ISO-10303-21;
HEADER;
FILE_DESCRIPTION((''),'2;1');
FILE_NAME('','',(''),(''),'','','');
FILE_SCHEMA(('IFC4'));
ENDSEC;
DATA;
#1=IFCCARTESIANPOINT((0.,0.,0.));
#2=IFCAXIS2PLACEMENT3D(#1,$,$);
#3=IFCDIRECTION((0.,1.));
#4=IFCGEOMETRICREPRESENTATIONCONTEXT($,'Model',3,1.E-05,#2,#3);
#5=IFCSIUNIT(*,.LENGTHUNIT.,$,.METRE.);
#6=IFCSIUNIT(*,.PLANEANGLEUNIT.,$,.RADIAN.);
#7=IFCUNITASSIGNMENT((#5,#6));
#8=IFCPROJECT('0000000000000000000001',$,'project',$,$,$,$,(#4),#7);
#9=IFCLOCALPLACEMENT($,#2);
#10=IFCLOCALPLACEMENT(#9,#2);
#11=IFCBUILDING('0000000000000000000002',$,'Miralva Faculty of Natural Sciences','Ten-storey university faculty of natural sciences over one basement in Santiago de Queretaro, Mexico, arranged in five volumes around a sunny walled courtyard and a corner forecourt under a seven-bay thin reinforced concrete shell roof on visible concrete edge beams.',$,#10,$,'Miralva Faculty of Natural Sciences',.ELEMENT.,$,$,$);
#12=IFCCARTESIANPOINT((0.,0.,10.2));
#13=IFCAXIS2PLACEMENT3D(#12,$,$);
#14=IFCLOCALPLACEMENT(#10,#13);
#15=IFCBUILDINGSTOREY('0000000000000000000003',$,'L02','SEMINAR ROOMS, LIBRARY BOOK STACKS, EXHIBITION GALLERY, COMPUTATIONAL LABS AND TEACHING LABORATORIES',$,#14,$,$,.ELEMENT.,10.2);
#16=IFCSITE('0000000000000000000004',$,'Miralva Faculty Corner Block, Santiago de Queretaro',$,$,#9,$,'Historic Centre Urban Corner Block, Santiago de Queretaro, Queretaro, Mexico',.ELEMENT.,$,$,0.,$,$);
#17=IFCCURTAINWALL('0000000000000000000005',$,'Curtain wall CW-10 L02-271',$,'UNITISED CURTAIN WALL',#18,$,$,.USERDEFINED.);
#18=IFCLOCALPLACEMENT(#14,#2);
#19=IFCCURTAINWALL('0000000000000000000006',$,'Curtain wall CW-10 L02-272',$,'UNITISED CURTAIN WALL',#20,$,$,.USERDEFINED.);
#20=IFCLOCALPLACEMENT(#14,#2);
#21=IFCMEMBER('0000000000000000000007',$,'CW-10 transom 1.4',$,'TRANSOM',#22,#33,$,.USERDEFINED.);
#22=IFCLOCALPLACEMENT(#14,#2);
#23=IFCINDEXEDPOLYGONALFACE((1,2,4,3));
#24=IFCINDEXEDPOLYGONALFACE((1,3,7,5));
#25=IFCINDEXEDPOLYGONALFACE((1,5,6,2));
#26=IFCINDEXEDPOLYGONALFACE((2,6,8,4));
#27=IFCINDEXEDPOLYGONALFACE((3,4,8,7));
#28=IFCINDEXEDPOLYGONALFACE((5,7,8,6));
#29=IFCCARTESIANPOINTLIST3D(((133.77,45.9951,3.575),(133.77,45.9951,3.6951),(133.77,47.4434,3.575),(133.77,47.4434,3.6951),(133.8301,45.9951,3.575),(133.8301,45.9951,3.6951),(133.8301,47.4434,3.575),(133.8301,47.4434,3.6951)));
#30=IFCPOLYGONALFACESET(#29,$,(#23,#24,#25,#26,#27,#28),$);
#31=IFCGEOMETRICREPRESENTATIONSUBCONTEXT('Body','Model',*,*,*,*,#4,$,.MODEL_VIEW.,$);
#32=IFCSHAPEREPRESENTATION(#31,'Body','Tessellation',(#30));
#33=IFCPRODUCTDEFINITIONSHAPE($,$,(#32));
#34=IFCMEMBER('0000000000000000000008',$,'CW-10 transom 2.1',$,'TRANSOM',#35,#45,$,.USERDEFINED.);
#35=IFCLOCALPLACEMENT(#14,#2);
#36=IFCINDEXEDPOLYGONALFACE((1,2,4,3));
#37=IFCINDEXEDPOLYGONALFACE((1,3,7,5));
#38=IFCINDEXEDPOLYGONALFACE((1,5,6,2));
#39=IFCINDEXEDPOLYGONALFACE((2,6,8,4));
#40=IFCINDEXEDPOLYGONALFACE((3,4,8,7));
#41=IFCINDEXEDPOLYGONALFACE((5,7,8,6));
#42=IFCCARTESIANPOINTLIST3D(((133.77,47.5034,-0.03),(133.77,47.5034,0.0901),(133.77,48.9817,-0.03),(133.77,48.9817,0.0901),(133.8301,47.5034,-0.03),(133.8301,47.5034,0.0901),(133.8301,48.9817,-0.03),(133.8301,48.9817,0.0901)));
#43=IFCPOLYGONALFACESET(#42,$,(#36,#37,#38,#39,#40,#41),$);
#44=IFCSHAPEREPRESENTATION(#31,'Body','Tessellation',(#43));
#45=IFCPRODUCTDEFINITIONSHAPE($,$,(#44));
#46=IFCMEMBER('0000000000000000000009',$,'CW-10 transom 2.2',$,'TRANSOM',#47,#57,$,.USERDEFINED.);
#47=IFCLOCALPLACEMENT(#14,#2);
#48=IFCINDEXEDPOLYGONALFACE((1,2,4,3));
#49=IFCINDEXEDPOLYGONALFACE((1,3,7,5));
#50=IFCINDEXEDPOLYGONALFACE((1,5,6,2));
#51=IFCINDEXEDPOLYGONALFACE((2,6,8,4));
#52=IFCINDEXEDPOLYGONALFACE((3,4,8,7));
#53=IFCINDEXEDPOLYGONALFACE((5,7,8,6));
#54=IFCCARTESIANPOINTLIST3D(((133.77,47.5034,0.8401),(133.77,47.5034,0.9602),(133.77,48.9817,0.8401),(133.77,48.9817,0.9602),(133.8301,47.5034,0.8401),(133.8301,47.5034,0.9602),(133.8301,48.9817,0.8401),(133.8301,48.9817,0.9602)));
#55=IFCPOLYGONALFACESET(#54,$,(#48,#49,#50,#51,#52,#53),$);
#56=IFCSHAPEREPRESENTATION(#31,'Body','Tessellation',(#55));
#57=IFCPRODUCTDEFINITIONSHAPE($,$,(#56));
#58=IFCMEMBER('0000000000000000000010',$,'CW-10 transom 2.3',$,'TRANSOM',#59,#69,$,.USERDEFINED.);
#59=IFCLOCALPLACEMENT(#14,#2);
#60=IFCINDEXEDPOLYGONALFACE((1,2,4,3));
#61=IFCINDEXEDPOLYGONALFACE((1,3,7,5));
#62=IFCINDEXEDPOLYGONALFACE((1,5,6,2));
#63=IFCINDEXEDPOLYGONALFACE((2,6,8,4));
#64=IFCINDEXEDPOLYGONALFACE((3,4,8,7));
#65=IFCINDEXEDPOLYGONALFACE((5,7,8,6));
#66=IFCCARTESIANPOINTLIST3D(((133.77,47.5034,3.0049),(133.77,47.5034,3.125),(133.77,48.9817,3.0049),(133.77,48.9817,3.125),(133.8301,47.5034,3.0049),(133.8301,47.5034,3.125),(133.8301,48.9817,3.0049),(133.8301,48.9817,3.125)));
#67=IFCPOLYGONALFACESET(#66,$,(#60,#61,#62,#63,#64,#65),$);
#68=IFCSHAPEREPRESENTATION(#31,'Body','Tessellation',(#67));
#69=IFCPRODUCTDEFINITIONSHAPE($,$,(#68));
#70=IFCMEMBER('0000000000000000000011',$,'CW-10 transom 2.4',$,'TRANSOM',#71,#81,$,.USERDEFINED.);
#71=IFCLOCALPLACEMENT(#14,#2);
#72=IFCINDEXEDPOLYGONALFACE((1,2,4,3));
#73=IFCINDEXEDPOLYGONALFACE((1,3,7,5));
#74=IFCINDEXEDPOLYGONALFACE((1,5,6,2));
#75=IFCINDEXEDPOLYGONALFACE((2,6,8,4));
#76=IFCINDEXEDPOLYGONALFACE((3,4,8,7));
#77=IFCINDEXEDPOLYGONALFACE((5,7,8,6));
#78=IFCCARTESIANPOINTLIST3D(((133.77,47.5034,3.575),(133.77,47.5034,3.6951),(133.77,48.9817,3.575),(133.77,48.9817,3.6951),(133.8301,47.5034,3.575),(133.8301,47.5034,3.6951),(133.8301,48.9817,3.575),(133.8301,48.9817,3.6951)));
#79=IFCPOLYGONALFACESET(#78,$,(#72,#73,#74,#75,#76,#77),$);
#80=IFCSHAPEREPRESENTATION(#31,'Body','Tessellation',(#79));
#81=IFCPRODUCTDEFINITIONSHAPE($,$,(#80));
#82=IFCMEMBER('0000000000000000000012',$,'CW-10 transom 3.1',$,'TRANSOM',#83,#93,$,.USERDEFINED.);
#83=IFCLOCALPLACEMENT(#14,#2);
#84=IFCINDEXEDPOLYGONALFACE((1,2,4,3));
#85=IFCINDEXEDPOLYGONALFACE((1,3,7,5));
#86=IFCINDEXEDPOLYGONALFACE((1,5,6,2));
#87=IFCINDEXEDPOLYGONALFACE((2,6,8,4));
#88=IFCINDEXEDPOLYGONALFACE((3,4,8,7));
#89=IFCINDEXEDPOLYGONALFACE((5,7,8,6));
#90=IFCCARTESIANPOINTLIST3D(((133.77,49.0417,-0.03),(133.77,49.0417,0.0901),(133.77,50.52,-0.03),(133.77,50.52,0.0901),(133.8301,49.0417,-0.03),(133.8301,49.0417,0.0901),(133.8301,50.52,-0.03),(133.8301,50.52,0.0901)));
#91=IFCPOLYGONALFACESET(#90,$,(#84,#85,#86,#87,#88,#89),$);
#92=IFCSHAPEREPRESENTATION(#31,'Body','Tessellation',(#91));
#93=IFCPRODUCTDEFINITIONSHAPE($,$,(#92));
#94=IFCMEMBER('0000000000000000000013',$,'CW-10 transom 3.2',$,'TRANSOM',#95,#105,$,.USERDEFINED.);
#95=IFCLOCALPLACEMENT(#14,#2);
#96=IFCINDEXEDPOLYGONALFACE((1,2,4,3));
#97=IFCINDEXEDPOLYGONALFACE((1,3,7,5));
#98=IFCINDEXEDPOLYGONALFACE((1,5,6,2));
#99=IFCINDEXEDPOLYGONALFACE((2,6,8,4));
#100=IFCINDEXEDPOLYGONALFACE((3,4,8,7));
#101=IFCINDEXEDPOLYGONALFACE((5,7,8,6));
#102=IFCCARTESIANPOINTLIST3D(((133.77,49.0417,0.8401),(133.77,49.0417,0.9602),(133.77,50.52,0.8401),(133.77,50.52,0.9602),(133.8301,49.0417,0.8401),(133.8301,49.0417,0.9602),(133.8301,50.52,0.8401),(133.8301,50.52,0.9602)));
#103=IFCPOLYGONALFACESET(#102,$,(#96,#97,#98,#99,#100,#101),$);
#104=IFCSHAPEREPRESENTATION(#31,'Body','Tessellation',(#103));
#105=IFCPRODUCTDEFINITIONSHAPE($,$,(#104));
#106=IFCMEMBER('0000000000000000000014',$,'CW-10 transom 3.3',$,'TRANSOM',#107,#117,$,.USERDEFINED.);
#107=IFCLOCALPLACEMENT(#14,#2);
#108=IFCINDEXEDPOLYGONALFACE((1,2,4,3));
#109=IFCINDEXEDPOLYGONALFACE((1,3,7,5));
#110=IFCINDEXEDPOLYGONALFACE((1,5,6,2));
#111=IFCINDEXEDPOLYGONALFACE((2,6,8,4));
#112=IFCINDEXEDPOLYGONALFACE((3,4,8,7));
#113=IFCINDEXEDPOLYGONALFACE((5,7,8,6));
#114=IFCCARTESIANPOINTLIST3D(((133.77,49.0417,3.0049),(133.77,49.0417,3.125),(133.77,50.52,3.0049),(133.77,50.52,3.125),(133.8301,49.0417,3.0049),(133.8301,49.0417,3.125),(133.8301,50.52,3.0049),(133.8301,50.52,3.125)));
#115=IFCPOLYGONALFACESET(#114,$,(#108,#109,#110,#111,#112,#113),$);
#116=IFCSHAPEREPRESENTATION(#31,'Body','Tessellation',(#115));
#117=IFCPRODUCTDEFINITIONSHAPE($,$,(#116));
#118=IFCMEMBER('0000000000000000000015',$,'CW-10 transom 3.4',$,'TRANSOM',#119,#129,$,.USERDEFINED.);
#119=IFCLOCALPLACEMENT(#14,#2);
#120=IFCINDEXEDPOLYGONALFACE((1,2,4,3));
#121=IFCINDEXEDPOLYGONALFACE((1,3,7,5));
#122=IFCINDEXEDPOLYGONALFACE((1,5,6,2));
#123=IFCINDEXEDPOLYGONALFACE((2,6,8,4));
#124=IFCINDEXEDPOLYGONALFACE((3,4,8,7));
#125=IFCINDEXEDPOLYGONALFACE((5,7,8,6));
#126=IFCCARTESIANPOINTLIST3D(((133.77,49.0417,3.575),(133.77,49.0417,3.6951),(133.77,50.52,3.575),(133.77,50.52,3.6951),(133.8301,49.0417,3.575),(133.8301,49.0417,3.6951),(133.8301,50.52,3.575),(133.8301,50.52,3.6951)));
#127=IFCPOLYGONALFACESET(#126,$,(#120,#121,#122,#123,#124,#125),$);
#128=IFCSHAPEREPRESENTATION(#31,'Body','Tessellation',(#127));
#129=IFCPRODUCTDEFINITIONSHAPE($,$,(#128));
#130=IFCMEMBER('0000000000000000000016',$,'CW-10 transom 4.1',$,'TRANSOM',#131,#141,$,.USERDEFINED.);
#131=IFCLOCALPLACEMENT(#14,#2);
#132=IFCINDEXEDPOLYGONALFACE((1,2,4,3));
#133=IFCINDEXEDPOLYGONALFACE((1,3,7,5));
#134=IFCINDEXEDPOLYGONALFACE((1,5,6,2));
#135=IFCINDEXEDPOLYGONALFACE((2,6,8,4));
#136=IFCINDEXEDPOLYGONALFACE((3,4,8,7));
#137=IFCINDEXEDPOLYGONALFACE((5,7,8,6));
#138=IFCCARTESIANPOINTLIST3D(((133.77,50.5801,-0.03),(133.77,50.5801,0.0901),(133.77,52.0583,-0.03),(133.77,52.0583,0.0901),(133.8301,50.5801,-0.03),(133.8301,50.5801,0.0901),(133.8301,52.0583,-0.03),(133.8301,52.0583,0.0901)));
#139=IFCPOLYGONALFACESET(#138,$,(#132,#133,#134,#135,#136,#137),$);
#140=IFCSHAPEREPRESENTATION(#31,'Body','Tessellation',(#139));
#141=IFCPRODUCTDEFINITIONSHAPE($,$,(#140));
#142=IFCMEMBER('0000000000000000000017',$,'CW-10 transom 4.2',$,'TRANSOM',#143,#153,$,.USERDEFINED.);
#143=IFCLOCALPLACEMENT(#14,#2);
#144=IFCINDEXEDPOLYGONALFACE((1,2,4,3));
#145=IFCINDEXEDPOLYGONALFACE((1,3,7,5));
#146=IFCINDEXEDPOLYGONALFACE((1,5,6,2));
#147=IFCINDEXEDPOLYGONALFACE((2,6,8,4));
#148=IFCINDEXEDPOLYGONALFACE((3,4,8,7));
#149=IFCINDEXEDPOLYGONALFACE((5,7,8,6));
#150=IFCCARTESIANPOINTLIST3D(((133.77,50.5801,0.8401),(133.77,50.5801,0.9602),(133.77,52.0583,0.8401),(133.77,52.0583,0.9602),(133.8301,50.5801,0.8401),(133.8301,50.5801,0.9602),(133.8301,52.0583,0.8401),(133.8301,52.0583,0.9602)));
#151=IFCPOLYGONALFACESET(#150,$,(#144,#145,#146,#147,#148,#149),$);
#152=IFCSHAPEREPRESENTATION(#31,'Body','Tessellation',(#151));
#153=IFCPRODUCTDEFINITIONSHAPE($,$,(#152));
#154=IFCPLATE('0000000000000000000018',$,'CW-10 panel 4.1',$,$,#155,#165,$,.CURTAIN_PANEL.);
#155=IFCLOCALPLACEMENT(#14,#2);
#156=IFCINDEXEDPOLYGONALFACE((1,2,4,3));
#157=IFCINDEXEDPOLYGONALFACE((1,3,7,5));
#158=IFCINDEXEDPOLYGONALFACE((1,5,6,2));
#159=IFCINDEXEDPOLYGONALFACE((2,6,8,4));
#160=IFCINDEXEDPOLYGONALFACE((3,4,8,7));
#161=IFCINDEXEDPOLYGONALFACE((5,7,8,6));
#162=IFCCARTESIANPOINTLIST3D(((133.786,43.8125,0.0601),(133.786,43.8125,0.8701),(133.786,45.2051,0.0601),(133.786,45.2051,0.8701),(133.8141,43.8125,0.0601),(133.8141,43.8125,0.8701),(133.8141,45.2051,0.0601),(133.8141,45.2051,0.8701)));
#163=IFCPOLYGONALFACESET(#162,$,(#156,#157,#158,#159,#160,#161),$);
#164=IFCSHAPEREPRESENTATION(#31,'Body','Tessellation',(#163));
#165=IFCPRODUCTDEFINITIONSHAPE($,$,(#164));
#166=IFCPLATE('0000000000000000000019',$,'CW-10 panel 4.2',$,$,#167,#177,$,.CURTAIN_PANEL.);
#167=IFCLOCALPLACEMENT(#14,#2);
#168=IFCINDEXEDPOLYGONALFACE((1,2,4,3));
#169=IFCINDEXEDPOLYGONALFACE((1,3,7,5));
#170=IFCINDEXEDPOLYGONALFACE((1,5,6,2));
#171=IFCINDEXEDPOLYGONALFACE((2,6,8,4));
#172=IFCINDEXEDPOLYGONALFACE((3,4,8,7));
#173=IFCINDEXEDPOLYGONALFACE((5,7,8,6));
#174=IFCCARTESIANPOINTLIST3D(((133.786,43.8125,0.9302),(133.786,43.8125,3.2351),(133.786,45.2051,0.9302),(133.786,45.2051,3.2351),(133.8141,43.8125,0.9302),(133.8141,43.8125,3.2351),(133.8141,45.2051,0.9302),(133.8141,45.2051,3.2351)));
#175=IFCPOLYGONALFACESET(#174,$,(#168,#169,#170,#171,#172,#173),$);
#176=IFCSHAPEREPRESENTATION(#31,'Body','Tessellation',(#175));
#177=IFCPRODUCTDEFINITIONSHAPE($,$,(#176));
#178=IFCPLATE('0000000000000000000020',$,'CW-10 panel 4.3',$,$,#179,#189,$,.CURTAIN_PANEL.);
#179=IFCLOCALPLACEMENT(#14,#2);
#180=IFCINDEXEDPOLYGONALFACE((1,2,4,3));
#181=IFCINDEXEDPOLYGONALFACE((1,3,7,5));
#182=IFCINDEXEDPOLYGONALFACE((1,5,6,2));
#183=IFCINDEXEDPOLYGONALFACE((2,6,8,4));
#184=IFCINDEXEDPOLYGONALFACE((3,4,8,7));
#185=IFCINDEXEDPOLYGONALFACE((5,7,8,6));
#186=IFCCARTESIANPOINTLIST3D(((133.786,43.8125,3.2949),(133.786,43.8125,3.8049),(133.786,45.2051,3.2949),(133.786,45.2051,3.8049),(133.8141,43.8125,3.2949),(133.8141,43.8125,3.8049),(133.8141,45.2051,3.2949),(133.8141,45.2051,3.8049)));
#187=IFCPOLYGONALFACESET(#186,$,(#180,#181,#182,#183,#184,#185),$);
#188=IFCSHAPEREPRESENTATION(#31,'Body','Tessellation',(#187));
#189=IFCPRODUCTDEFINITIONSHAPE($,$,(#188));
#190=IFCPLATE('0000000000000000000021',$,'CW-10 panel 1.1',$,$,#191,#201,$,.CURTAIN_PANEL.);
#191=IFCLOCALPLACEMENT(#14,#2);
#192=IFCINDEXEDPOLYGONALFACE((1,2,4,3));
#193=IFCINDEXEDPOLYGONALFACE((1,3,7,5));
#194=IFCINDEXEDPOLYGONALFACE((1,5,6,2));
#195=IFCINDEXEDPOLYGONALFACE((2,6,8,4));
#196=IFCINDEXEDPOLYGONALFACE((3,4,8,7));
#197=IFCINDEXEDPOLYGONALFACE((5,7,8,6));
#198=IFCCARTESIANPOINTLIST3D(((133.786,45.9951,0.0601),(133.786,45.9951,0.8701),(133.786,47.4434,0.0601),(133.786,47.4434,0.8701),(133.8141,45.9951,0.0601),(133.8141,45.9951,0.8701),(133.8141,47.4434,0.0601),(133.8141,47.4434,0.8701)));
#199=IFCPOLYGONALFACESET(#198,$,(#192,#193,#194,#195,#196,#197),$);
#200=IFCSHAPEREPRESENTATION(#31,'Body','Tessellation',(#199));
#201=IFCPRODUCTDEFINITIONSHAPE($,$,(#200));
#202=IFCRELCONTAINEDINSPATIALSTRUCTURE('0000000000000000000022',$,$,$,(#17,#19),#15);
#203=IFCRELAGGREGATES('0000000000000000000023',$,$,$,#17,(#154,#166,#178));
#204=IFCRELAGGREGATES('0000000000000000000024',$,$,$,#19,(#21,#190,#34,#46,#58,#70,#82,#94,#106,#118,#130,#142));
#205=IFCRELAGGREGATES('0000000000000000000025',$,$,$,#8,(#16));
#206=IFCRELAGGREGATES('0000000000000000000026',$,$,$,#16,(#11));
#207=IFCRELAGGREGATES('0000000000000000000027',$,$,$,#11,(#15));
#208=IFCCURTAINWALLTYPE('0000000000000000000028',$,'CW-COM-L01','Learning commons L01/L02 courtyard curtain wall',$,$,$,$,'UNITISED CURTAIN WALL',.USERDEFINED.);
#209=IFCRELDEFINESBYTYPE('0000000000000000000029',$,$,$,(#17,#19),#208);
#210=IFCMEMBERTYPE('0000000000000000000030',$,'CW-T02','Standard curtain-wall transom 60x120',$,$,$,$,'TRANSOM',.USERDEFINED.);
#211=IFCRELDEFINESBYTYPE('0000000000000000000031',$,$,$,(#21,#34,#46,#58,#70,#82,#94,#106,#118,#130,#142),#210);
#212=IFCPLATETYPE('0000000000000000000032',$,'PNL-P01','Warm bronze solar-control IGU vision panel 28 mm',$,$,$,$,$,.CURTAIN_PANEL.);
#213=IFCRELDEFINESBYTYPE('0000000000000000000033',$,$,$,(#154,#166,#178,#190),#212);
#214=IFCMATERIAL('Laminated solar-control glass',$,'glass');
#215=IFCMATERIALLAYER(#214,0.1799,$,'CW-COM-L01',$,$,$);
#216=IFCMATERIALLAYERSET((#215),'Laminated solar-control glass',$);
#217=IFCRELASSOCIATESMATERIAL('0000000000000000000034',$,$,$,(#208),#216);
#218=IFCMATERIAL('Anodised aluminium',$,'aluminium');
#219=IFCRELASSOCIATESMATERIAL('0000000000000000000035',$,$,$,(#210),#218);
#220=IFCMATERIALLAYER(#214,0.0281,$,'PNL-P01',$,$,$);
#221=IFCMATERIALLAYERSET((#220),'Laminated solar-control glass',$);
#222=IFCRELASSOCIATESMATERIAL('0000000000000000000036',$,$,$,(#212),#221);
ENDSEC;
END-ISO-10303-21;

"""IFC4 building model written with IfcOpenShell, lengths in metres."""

from ifc_helpers import new_model, si_unit, direction, frame, origin, origin_2d, place, context, subcontext, project, spatial, rectangle, extrude, material, layer, layer_set, material_profile, profile_set, type_object, element, aggregate, save


model = new_model("IFC4")

# Units and contexts
model_context = context("Model", 3, precision=1e-05, world=origin(), true_north=direction((0.0, 1.0)))
body_context = subcontext(model_context, "Body", "Model", "MODEL_VIEW")
ifc_project = project(units=[si_unit("LENGTHUNIT", "METRE"), si_unit("PLANEANGLEUNIT", "RADIAN")], contexts=[model_context])

# Site, building, storey
site_placement = place(None, origin())
site = spatial("IfcSite", under=ifc_project, at=site_placement, Name="Miralva Faculty Corner Block, Santiago de Queretaro", LongName="Historic Centre Urban Corner Block, Santiago de Queretaro, Queretaro, Mexico", CompositionType="ELEMENT", RefElevation=0.0)
building_placement = place(site_placement, origin())
building = spatial("IfcBuilding", under=site, at=building_placement, Name="Miralva Faculty of Natural Sciences", Description="Ten-storey university faculty of natural sciences over one basement in Santiago de Queretaro, Mexico, arranged in five volumes around a sunny walled courtyard and a corner forecourt under a seven-bay thin reinforced concrete shell roof on visible concrete edge beams.", LongName="Miralva Faculty of Natural Sciences", CompositionType="ELEMENT")
storey_placement = place(building_placement, frame((0.0, 0.0, 10.2)))
storey = spatial("IfcBuildingStorey", under=building, at=storey_placement, Name="L02", Description="SEMINAR ROOMS, LIBRARY BOOK STACKS, EXHIBITION GALLERY, COMPUTATIONAL LABS AND TEACHING LABORATORIES", CompositionType="ELEMENT", Elevation=10.2)

# Curtain wall
ifc_material_1 = material(Name="Laminated solar-control glass", Category="glass")
ifc_layer_1 = layer(ifc_material_1, 0.1799, Name="CW-COM-L01")
ifc_layer_set_1 = layer_set([ifc_layer_1], Name="Laminated solar-control glass")
curtain_wall_type = type_object("IfcCurtainWallType", Name="CW-COM-L01", Description="Learning commons L01/L02 courtyard curtain wall", ElementType="UNITISED CURTAIN WALL", PredefinedType="USERDEFINED", material=ifc_layer_set_1)
curtain_wall_1_placement = place(storey_placement, origin())
curtain_wall_1 = element("IfcCurtainWall", 1, at=curtain_wall_1_placement, inside=storey, type_object=curtain_wall_type, Name="Curtain wall CW-10 L02-271", ObjectType="UNITISED CURTAIN WALL", PredefinedType="USERDEFINED")
ifc_material_2 = material(Name="Anodised aluminium", Category="aluminium")

# Curtain wall
curtain_wall_2_placement = place(storey_placement, origin())
curtain_wall_2 = element("IfcCurtainWall", 2, at=curtain_wall_2_placement, inside=storey, type_object=curtain_wall_type, Name="Curtain wall CW-10 L02-272", ObjectType="UNITISED CURTAIN WALL", PredefinedType="USERDEFINED")

# Members
ifc_material_profile_1 = material_profile(ifc_material_2, rectangle(XDim=0.0601, YDim=0.1201, at=origin_2d()), Name="TRANSOM 60x120")
ifc_profile_set_1 = profile_set([ifc_material_profile_1], Name="Anodised aluminium")
member_type_1 = type_object("IfcMemberType", Name="CW-T02", Description="Standard curtain-wall transom 60x120", ElementType="TRANSOM", PredefinedType="USERDEFINED", material=ifc_profile_set_1)
member_1_placement = place(storey_placement, frame((133.8, 45.9951, 3.635), z_axis=(0.0, 1.0, 0.0), x_axis=(-1.0, 0.0, 0.0)))
member_1 = element("IfcMember", 3, at=member_1_placement, type_object=member_type_1, Name="CW-10 transom 1.4", ObjectType="TRANSOM", PredefinedType="USERDEFINED", context=body_context, shape_type="SweptSolid", body=[
    extrude(rectangle(XDim=0.0601, YDim=0.1201, at=origin_2d()), origin(), (0.0, 0.0, 1.0), 1.4482),
])
member_2_placement = place(storey_placement, frame((133.8, 47.5034, 0.03), z_axis=(0.0, 1.0, 0.0), x_axis=(-1.0, 0.0, 0.0)))
member_2 = element("IfcMember", 4, at=member_2_placement, type_object=member_type_1, Name="CW-10 transom 2.1", ObjectType="TRANSOM", PredefinedType="USERDEFINED", context=body_context, shape_type="SweptSolid", body=[
    extrude(rectangle(XDim=0.0601, YDim=0.1201, at=origin_2d()), origin(), (0.0, 0.0, 1.0), 1.4783),
])
member_3_placement = place(storey_placement, frame((133.8, 47.5034, 0.9001), z_axis=(0.0, 1.0, 0.0), x_axis=(-1.0, 0.0, 0.0)))
member_3 = element("IfcMember", 5, at=member_3_placement, type_object=member_type_1, Name="CW-10 transom 2.2", ObjectType="TRANSOM", PredefinedType="USERDEFINED", context=body_context, shape_type="SweptSolid", body=[
    extrude(rectangle(XDim=0.0601, YDim=0.1201, at=origin_2d()), origin(), (0.0, 0.0, 1.0), 1.4783),
])
member_4_placement = place(storey_placement, frame((133.8, 47.5034, 3.0649), z_axis=(0.0, 1.0, 0.0), x_axis=(-1.0, 0.0, 0.0)))
member_4 = element("IfcMember", 6, at=member_4_placement, type_object=member_type_1, Name="CW-10 transom 2.3", ObjectType="TRANSOM", PredefinedType="USERDEFINED", context=body_context, shape_type="SweptSolid", body=[
    extrude(rectangle(XDim=0.0601, YDim=0.1201, at=origin_2d()), origin(), (0.0, 0.0, 1.0), 1.4783),
])
member_5_placement = place(storey_placement, frame((133.8, 47.5034, 3.635), z_axis=(0.0, 1.0, 0.0), x_axis=(-1.0, 0.0, 0.0)))
member_5 = element("IfcMember", 7, at=member_5_placement, type_object=member_type_1, Name="CW-10 transom 2.4", ObjectType="TRANSOM", PredefinedType="USERDEFINED", context=body_context, shape_type="SweptSolid", body=[
    extrude(rectangle(XDim=0.0601, YDim=0.1201, at=origin_2d()), origin(), (0.0, 0.0, 1.0), 1.4783),
])
member_6_placement = place(storey_placement, frame((133.8, 49.0417, 0.03), z_axis=(0.0, 1.0, 0.0), x_axis=(-1.0, 0.0, 0.0)))
member_6 = element("IfcMember", 8, at=member_6_placement, type_object=member_type_1, Name="CW-10 transom 3.1", ObjectType="TRANSOM", PredefinedType="USERDEFINED", context=body_context, shape_type="SweptSolid", body=[
    extrude(rectangle(XDim=0.0601, YDim=0.1201, at=origin_2d()), origin(), (0.0, 0.0, 1.0), 1.4783),
])
member_7_placement = place(storey_placement, frame((133.8, 49.0417, 0.9001), z_axis=(0.0, 1.0, 0.0), x_axis=(-1.0, 0.0, 0.0)))
member_7 = element("IfcMember", 9, at=member_7_placement, type_object=member_type_1, Name="CW-10 transom 3.2", ObjectType="TRANSOM", PredefinedType="USERDEFINED", context=body_context, shape_type="SweptSolid", body=[
    extrude(rectangle(XDim=0.0601, YDim=0.1201, at=origin_2d()), origin(), (0.0, 0.0, 1.0), 1.4783),
])
member_8_placement = place(storey_placement, frame((133.8, 49.0417, 3.0649), z_axis=(0.0, 1.0, 0.0), x_axis=(-1.0, 0.0, 0.0)))
member_8 = element("IfcMember", 10, at=member_8_placement, type_object=member_type_1, Name="CW-10 transom 3.3", ObjectType="TRANSOM", PredefinedType="USERDEFINED", context=body_context, shape_type="SweptSolid", body=[
    extrude(rectangle(XDim=0.0601, YDim=0.1201, at=origin_2d()), origin(), (0.0, 0.0, 1.0), 1.4783),
])
member_9_placement = place(storey_placement, frame((133.8, 49.0417, 3.635), z_axis=(0.0, 1.0, 0.0), x_axis=(-1.0, 0.0, 0.0)))
member_9 = element("IfcMember", 11, at=member_9_placement, type_object=member_type_1, Name="CW-10 transom 3.4", ObjectType="TRANSOM", PredefinedType="USERDEFINED", context=body_context, shape_type="SweptSolid", body=[
    extrude(rectangle(XDim=0.0601, YDim=0.1201, at=origin_2d()), origin(), (0.0, 0.0, 1.0), 1.4783),
])
member_10_placement = place(storey_placement, frame((133.8, 50.5801, 0.03), z_axis=(0.0, 1.0, 0.0), x_axis=(-1.0, 0.0, 0.0)))
member_10 = element("IfcMember", 12, at=member_10_placement, type_object=member_type_1, Name="CW-10 transom 4.1", ObjectType="TRANSOM", PredefinedType="USERDEFINED", context=body_context, shape_type="SweptSolid", body=[
    extrude(rectangle(XDim=0.0601, YDim=0.1201, at=origin_2d()), origin(), (0.0, 0.0, 1.0), 1.4783),
])
member_11_placement = place(storey_placement, frame((133.8, 50.5801, 0.9001), z_axis=(0.0, 1.0, 0.0), x_axis=(-1.0, 0.0, 0.0)))
member_11 = element("IfcMember", 13, at=member_11_placement, type_object=member_type_1, Name="CW-10 transom 4.2", ObjectType="TRANSOM", PredefinedType="USERDEFINED", context=body_context, shape_type="SweptSolid", body=[
    extrude(rectangle(XDim=0.0601, YDim=0.1201, at=origin_2d()), origin(), (0.0, 0.0, 1.0), 1.4783),
])

# Plates
ifc_layer_2 = layer(ifc_material_1, 0.0281, Name="PNL-P01")
ifc_layer_set_2 = layer_set([ifc_layer_2], Name="Laminated solar-control glass")
plate_type = type_object("IfcPlateType", Name="PNL-P01", Description="Warm bronze solar-control IGU vision panel 28 mm", PredefinedType="CURTAIN_PANEL", material=ifc_layer_set_2)
plate_1_placement = place(storey_placement, frame((133.8, 44.5088, 0.0601), z_axis=(0.0, 0.0, 1.0), x_axis=(0.0, 1.0, 0.0)))
plate_1 = element("IfcPlate", 14, at=plate_1_placement, type_object=plate_type, Name="CW-10 panel 4.1", PredefinedType="CURTAIN_PANEL", context=body_context, shape_type="SweptSolid", body=[
    extrude(rectangle(XDim=1.3926, YDim=0.0281, at=origin_2d()), origin(), (0.0, 0.0, 1.0), 0.8101),
])
plate_2_placement = place(storey_placement, frame((133.8, 44.5088, 0.9302), z_axis=(0.0, 0.0, 1.0), x_axis=(0.0, 1.0, 0.0)))
plate_2 = element("IfcPlate", 15, at=plate_2_placement, type_object=plate_type, Name="CW-10 panel 4.2", PredefinedType="CURTAIN_PANEL", context=body_context, shape_type="SweptSolid", body=[
    extrude(rectangle(XDim=1.3926, YDim=0.0281, at=origin_2d()), origin(), (0.0, 0.0, 1.0), 2.3049),
])
plate_3_placement = place(storey_placement, frame((133.8, 44.5088, 3.2949), z_axis=(0.0, 0.0, 1.0), x_axis=(0.0, 1.0, 0.0)))
plate_3 = element("IfcPlate", 16, at=plate_3_placement, type_object=plate_type, Name="CW-10 panel 4.3", PredefinedType="CURTAIN_PANEL", context=body_context, shape_type="SweptSolid", body=[
    extrude(rectangle(XDim=1.3926, YDim=0.0281, at=origin_2d()), origin(), (0.0, 0.0, 1.0), 0.51),
])
aggregate(curtain_wall_1, [plate_1, plate_2, plate_3])
plate_4_placement = place(storey_placement, frame((133.8, 46.7192, 0.0601), z_axis=(0.0, 0.0, 1.0), x_axis=(0.0, 1.0, 0.0)))
plate_4 = element("IfcPlate", 17, at=plate_4_placement, type_object=plate_type, Name="CW-10 panel 1.1", PredefinedType="CURTAIN_PANEL", context=body_context, shape_type="SweptSolid", body=[
    extrude(rectangle(XDim=1.4482, YDim=0.0281, at=origin_2d()), origin(), (0.0, 0.0, 1.0), 0.8101),
])
aggregate(curtain_wall_2, [member_1, plate_4, member_2, member_3, member_4, member_5, member_6, member_7, member_8, member_9, member_10, member_11])

save(model, "model.ifc")
